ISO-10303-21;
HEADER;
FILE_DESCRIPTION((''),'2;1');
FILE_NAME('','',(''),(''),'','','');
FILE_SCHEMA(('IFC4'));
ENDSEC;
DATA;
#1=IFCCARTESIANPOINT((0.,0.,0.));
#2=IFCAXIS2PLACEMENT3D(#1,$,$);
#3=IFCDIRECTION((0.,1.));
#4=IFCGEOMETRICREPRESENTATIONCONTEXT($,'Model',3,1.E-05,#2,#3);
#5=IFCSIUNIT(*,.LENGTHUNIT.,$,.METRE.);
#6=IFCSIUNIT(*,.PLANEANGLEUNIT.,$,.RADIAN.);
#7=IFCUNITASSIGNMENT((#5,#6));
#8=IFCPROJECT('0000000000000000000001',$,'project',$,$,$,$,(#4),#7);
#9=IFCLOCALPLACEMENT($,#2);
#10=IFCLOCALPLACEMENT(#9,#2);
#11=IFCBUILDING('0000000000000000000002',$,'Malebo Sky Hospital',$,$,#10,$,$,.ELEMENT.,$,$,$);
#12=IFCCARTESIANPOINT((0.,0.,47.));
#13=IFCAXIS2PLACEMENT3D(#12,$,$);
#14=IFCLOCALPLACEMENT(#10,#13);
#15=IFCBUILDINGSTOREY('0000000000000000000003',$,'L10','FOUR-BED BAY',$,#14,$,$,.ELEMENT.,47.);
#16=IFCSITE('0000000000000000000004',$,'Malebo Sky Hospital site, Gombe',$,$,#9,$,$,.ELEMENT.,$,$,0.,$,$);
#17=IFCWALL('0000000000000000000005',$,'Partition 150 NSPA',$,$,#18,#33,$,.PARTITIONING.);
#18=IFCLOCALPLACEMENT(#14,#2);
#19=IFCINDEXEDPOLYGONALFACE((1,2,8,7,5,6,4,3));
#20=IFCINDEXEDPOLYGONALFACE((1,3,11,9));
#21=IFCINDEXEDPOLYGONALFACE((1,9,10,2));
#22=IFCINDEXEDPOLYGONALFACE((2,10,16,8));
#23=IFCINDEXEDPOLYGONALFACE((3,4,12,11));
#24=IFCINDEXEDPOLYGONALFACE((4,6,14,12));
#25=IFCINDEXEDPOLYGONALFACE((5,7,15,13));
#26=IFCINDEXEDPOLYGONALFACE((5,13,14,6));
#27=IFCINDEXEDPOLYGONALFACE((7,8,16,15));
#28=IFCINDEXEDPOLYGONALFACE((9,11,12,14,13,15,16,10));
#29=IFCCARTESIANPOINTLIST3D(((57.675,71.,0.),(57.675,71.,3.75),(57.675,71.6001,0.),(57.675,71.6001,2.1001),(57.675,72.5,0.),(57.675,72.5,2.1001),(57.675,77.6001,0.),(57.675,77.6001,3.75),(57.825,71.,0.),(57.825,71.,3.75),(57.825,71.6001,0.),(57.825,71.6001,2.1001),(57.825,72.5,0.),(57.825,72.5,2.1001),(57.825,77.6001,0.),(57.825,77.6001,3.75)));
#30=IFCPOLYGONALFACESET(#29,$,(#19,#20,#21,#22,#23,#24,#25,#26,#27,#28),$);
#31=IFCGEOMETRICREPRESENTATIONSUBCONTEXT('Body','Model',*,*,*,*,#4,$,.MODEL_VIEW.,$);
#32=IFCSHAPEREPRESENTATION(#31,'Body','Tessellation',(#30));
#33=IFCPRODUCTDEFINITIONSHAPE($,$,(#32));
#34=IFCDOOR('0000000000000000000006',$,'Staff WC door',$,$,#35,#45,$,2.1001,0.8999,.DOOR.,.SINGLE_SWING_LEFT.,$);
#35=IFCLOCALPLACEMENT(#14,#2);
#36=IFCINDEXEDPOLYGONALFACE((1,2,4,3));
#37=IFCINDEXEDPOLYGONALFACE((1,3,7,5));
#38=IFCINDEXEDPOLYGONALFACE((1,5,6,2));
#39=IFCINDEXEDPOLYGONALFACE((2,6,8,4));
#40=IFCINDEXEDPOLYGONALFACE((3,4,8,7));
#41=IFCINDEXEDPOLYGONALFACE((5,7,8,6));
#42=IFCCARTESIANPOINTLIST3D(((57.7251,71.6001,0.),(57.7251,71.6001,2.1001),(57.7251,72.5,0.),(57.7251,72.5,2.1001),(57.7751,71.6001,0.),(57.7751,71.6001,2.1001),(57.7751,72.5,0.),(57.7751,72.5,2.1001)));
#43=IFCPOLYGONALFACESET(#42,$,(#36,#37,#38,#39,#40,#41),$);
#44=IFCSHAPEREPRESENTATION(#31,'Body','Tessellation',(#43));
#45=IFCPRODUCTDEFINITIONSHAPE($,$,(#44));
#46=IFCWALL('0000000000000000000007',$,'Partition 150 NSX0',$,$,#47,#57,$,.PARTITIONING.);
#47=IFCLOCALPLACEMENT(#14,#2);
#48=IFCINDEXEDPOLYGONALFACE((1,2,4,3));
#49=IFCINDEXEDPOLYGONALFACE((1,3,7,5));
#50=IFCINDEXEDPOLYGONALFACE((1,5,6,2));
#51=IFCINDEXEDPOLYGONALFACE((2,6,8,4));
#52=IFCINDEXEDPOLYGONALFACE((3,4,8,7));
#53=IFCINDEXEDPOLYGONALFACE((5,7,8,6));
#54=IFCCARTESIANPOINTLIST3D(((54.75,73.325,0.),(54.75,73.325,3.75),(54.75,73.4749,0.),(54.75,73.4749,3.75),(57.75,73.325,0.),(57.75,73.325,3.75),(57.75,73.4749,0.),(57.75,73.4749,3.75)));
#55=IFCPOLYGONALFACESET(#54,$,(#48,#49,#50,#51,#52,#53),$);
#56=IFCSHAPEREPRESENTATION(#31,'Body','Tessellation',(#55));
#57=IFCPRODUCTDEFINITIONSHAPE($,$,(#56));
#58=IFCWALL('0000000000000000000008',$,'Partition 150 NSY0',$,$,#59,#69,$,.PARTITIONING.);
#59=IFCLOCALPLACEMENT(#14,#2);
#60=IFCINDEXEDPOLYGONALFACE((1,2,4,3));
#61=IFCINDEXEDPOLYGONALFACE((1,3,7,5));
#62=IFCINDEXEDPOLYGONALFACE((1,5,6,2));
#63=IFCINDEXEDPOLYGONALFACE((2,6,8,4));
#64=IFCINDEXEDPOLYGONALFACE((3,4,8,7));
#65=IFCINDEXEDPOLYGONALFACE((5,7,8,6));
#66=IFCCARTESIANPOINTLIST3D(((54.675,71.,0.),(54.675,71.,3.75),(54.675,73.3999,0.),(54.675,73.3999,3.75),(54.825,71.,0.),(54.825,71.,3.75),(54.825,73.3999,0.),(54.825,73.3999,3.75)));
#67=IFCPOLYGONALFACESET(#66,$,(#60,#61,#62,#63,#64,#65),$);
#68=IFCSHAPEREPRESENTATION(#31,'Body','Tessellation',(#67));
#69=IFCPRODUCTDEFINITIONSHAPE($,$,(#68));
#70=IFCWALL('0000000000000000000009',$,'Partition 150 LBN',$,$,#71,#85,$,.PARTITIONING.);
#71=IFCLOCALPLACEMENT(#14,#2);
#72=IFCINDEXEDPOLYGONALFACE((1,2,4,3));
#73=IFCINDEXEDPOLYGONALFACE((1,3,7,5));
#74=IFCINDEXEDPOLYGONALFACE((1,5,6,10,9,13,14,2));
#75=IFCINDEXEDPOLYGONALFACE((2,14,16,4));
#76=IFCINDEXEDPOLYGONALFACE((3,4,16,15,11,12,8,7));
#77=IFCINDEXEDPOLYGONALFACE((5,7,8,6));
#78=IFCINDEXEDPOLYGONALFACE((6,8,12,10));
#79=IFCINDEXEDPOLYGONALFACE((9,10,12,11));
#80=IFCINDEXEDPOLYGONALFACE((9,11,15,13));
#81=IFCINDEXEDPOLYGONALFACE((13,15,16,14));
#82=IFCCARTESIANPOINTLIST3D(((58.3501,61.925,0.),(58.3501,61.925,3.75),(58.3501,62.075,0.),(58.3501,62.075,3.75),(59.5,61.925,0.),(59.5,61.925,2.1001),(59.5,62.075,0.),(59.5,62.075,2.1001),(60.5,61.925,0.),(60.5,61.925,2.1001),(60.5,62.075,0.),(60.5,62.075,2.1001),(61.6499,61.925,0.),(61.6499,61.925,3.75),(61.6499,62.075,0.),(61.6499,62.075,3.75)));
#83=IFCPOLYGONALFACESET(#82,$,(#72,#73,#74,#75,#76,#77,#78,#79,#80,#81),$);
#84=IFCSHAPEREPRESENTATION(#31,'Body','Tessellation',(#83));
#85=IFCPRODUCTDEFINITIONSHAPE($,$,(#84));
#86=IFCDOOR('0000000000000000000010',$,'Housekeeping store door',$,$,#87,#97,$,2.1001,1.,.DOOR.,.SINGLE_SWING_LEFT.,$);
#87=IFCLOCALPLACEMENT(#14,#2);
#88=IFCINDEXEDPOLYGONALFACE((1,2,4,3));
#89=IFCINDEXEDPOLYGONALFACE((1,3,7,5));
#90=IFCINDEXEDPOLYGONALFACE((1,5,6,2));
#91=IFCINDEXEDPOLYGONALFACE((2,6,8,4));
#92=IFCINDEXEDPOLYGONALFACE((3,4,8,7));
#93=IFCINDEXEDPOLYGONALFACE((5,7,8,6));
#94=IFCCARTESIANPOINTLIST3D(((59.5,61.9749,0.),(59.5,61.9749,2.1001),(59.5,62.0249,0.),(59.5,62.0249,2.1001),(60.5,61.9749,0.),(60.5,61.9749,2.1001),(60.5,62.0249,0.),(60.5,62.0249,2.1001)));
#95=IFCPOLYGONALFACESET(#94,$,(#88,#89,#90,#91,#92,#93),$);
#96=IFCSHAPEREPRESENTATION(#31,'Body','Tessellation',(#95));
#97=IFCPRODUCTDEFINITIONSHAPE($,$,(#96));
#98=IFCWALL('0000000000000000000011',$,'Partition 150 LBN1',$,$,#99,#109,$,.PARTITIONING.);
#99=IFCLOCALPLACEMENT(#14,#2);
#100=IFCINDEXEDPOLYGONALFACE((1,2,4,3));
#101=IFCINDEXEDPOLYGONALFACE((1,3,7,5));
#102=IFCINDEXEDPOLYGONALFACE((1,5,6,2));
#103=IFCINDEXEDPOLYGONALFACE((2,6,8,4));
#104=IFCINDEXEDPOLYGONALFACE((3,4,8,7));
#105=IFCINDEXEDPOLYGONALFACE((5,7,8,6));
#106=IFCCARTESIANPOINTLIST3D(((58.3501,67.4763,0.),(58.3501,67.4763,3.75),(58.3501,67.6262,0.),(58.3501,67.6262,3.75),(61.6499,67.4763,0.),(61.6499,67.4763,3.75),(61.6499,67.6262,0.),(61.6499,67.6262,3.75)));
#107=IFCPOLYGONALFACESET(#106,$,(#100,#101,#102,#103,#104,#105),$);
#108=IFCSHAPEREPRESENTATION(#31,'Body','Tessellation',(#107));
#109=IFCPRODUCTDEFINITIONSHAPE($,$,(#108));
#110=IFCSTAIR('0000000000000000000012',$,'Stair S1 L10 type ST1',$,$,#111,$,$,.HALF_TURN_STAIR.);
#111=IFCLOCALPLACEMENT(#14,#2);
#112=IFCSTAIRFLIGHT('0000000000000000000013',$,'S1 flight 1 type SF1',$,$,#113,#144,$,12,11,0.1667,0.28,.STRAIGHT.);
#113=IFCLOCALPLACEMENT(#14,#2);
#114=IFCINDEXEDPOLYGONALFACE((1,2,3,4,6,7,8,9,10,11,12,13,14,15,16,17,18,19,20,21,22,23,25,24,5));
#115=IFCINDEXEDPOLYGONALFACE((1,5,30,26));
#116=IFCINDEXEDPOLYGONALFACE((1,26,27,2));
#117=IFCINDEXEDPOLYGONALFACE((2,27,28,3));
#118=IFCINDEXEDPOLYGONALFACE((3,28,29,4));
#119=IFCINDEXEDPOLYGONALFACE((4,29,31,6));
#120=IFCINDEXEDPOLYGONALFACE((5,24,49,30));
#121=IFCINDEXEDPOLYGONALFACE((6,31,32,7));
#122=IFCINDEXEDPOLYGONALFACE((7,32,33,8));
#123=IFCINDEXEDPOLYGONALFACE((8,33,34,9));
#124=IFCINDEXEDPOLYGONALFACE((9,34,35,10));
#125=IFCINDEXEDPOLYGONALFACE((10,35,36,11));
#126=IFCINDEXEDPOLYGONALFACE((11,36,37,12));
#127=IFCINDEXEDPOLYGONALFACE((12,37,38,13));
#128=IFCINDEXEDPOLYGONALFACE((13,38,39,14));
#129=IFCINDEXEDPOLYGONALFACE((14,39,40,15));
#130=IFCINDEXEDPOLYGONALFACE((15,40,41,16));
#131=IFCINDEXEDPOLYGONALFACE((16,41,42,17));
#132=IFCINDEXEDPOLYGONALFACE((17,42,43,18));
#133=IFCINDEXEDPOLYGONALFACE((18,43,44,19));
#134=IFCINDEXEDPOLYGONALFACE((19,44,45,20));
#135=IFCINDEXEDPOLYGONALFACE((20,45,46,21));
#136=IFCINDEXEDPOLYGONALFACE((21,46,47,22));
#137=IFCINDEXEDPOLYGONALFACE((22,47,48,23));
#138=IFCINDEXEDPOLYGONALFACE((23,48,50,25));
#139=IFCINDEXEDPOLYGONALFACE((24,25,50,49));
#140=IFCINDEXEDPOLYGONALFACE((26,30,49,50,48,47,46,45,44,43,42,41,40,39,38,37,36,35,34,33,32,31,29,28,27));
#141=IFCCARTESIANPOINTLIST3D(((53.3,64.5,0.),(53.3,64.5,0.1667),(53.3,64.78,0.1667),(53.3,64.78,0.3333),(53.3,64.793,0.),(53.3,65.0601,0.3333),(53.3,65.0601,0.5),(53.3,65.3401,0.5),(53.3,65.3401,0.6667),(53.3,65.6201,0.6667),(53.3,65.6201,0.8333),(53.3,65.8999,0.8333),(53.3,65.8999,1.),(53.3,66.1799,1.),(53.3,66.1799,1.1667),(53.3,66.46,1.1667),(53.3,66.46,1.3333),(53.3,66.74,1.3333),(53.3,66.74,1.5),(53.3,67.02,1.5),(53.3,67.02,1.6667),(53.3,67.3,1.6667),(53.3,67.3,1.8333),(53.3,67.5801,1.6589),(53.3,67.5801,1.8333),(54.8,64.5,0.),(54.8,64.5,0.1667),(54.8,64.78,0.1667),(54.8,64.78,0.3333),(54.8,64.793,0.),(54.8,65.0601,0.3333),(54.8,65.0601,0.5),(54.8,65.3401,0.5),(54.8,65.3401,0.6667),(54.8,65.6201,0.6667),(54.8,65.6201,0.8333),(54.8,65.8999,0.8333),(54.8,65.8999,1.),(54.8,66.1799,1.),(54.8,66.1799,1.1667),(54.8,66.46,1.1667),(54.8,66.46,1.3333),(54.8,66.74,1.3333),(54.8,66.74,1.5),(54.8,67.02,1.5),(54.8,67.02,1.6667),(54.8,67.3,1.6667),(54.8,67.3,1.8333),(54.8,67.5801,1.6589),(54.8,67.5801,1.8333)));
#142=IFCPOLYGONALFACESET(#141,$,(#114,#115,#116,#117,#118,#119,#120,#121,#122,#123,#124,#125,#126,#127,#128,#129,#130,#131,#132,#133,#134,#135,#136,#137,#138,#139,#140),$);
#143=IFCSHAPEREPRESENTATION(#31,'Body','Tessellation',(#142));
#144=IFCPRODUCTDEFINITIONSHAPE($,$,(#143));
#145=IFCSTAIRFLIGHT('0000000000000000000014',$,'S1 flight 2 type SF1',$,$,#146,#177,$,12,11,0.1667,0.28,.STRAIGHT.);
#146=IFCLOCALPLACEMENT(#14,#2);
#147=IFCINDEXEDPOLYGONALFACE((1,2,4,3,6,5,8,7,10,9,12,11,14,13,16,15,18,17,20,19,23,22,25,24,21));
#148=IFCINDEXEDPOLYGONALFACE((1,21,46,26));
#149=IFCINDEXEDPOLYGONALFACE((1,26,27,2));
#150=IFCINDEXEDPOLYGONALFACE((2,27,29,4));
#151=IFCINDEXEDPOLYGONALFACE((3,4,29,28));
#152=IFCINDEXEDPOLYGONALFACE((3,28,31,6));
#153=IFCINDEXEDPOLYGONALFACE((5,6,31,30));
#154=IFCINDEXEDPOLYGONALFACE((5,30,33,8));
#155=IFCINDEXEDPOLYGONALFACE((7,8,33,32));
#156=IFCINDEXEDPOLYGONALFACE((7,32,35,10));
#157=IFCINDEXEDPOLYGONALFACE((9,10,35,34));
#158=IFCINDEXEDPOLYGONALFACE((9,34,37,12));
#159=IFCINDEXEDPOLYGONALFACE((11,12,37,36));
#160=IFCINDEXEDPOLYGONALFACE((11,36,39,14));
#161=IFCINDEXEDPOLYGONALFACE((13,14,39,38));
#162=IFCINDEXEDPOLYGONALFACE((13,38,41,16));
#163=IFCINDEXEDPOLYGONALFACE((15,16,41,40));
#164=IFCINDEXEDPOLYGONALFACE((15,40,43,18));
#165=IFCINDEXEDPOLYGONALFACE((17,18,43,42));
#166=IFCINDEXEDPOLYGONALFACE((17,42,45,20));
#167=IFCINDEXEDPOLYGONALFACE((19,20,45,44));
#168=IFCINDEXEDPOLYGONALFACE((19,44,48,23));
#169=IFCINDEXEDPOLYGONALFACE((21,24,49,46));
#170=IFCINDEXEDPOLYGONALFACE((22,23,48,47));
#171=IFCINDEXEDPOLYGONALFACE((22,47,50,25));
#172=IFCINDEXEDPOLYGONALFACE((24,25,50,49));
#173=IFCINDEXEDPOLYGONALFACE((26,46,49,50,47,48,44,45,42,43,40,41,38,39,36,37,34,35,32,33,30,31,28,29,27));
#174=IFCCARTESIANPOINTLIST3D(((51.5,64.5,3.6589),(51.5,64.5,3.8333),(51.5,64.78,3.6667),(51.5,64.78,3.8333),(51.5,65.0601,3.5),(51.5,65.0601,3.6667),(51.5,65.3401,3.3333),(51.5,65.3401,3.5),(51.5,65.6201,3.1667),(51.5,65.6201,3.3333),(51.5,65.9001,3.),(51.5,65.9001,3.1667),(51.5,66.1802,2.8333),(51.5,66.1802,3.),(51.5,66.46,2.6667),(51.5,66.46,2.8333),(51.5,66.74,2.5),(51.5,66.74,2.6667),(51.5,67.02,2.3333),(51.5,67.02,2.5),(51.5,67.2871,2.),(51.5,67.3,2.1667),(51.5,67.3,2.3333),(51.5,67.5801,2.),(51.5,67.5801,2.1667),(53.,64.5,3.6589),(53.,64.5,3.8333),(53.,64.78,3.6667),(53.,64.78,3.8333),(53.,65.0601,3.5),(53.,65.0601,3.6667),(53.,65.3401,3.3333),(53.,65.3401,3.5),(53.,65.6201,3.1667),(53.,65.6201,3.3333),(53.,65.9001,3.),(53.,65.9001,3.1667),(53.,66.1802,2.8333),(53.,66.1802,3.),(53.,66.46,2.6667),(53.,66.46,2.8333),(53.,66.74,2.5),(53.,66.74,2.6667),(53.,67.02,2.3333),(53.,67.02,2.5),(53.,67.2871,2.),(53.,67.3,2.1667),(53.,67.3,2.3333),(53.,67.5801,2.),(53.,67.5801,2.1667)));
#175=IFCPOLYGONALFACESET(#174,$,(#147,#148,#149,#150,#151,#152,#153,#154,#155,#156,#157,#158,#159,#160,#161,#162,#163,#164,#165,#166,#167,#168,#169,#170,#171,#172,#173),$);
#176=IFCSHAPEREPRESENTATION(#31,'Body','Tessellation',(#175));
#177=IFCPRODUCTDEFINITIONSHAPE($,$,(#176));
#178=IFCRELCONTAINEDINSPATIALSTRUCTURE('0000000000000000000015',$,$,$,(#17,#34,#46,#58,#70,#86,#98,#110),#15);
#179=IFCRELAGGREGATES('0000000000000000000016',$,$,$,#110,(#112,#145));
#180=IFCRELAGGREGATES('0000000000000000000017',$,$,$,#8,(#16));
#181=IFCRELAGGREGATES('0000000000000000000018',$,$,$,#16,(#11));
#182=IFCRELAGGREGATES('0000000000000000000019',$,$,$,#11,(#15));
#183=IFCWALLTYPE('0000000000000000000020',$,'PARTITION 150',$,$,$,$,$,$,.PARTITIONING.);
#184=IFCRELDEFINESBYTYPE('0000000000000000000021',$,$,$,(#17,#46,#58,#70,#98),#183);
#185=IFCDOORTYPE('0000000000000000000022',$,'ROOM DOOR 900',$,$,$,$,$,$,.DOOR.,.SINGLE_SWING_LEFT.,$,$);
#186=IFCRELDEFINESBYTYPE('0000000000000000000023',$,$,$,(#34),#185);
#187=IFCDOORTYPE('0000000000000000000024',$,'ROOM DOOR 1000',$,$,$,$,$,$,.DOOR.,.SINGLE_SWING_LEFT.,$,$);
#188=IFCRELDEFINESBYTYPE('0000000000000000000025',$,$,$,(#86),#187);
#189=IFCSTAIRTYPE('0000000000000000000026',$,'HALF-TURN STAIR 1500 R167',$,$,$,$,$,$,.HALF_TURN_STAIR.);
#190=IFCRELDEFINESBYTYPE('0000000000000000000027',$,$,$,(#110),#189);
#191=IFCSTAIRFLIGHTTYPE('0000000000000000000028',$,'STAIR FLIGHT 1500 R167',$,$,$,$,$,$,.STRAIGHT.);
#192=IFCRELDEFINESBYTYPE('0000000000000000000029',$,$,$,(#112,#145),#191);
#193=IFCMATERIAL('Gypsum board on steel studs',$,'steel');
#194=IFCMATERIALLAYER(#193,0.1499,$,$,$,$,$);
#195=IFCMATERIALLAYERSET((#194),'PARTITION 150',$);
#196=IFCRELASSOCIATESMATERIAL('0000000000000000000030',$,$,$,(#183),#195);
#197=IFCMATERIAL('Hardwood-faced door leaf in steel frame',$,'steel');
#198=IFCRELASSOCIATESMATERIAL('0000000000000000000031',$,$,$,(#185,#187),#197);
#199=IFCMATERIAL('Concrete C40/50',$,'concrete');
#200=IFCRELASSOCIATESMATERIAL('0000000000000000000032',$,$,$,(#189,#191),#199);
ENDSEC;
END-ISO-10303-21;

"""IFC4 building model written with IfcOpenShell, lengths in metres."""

from ifc_helpers import new_model, si_unit, direction, frame, frame_2d, origin, place, context, subcontext, project, spatial, polyline, rectangle, outline, extrude, material, layer, layer_set, type_object, element, fill, aggregate, save


model = new_model("IFC4")

# Units and contexts
model_context = context("Model", 3, precision=1e-05, world=origin(), true_north=direction((0.0, 1.0)))
body_context = subcontext(model_context, "Body", "Model", "MODEL_VIEW")
ifc_project = project(units=[si_unit("LENGTHUNIT", "METRE"), si_unit("PLANEANGLEUNIT", "RADIAN")], contexts=[model_context])

# Site, building, storey
site_placement = place(None, origin())
site = spatial("IfcSite", under=ifc_project, at=site_placement, Name="Malebo Sky Hospital site, Gombe", CompositionType="ELEMENT", RefElevation=0.0)
building_placement = place(site_placement, origin())
building = spatial("IfcBuilding", under=site, at=building_placement, Name="Malebo Sky Hospital", CompositionType="ELEMENT")
storey_placement = place(building_placement, frame((0.0, 0.0, 47.0)))
storey = spatial("IfcBuildingStorey", under=building, at=storey_placement, Name="L10", Description="FOUR-BED BAY", CompositionType="ELEMENT", Elevation=47.0)

# Wall, opening, door
ifc_material_1 = material(Name="Gypsum board on steel studs", Category="steel")
ifc_layer_1 = layer(ifc_material_1, 0.1499)
ifc_layer_set_1 = layer_set([ifc_layer_1], Name="PARTITION 150")
wall_type_1 = type_object("IfcWallType", Name="PARTITION 150", PredefinedType="PARTITIONING", material=ifc_layer_set_1)
wall_1_placement = place(storey_placement, frame((57.75, 71.0, 0.0), z_axis=(0.0, 0.0, 1.0), x_axis=(0.0, 1.0, 0.0)))
wall_1 = element("IfcWall", 1, at=wall_1_placement, inside=storey, type_object=wall_type_1, Name="Partition 150 NSPA", PredefinedType="PARTITIONING", context=body_context, shape_type="SweptSolid", body=[
    extrude(rectangle(XDim=6.6001, YDim=0.1499, at=frame_2d((3.3, 0.0))), origin(), (0.0, 0.0, 1.0), 3.75),
])
opening_1_placement = place(wall_1_placement, frame((0.6001, 0.0, 0.0)))
opening_1 = element("IfcOpeningElement", 2, at=opening_1_placement, cuts=wall_1, PredefinedType="OPENING", context=body_context, shape_type="SweptSolid", body=[
    extrude(rectangle(XDim=0.8999, YDim=2.1001, at=frame_2d((0.45, 1.05))), frame((0.0, 0.085, 0.0), z_axis=(0.0, -1.0, 0.0), x_axis=(1.0, 0.0, 0.0)), (0.0, 0.0, 1.0), 0.1699),
])
ifc_material_2 = material(Name="Hardwood-faced door leaf in steel frame", Category="steel")
door_type_1 = type_object("IfcDoorType", Name="ROOM DOOR 900", OperationType="SINGLE_SWING_LEFT", PredefinedType="DOOR", material=ifc_material_2)
door_1_placement = place(opening_1_placement, origin())
door_1 = element("IfcDoor", 3, at=door_1_placement, inside=storey, type_object=door_type_1, Name="Staff WC door", OperationType="SINGLE_SWING_LEFT", OverallHeight=2.1001, OverallWidth=0.8999, PredefinedType="DOOR", context=body_context, shape_type="SweptSolid", body=[
    extrude(rectangle(XDim=0.8999, YDim=2.1001, at=frame_2d((0.45, 1.05))), frame((0.0, 0.0249, 0.0), z_axis=(0.0, -1.0, 0.0), x_axis=(1.0, 0.0, 0.0)), (0.0, 0.0, 1.0), 0.05),
])
fill(opening_1, door_1)

# Walls
wall_2_placement = place(storey_placement, frame((54.75, 73.3999, 0.0), z_axis=(0.0, 0.0, 1.0), x_axis=(1.0, 0.0, 0.0)))
element("IfcWall", 4, at=wall_2_placement, inside=storey, type_object=wall_type_1, Name="Partition 150 NSX0", PredefinedType="PARTITIONING", context=body_context, shape_type="SweptSolid", body=[
    extrude(rectangle(XDim=3.0, YDim=0.1499, at=frame_2d((1.5, 0.0))), origin(), (0.0, 0.0, 1.0), 3.75),
])
wall_3_placement = place(storey_placement, frame((54.75, 71.0, 0.0), z_axis=(0.0, 0.0, 1.0), x_axis=(0.0, 1.0, 0.0)))
element("IfcWall", 5, at=wall_3_placement, inside=storey, type_object=wall_type_1, Name="Partition 150 NSY0", PredefinedType="PARTITIONING", context=body_context, shape_type="SweptSolid", body=[
    extrude(rectangle(XDim=2.3999, YDim=0.1499, at=frame_2d((1.2, 0.0))), origin(), (0.0, 0.0, 1.0), 3.75),
])

# Wall, opening, door
wall_4_placement = place(storey_placement, frame((58.3501, 62.0, 0.0), z_axis=(0.0, 0.0, 1.0), x_axis=(1.0, 0.0, 0.0)))
wall_4 = element("IfcWall", 6, at=wall_4_placement, inside=storey, type_object=wall_type_1, Name="Partition 150 LBN", PredefinedType="PARTITIONING", context=body_context, shape_type="SweptSolid", body=[
    extrude(rectangle(XDim=3.2998, YDim=0.1499, at=frame_2d((1.6499, 0.0))), origin(), (0.0, 0.0, 1.0), 3.75),
])
opening_2_placement = place(wall_4_placement, frame((1.1499, 0.0, 0.0)))
opening_2 = element("IfcOpeningElement", 7, at=opening_2_placement, cuts=wall_4, PredefinedType="OPENING", context=body_context, shape_type="SweptSolid", body=[
    extrude(rectangle(XDim=1.0, YDim=2.1001, at=frame_2d((0.5, 1.05))), frame((0.0, 0.085, 0.0), z_axis=(0.0, -1.0, 0.0), x_axis=(1.0, 0.0, 0.0)), (0.0, 0.0, 1.0), 0.1699),
])
door_type_2 = type_object("IfcDoorType", Name="ROOM DOOR 1000", OperationType="SINGLE_SWING_LEFT", PredefinedType="DOOR", material=ifc_material_2)
door_2_placement = place(opening_2_placement, origin())
door_2 = element("IfcDoor", 8, at=door_2_placement, inside=storey, type_object=door_type_2, Name="Housekeeping store door", OperationType="SINGLE_SWING_LEFT", OverallHeight=2.1001, OverallWidth=1.0, PredefinedType="DOOR", context=body_context, shape_type="SweptSolid", body=[
    extrude(rectangle(XDim=1.0, YDim=2.1001, at=frame_2d((0.5, 1.05))), frame((0.0, 0.0249, 0.0), z_axis=(0.0, -1.0, 0.0), x_axis=(1.0, 0.0, 0.0)), (0.0, 0.0, 1.0), 0.05),
])
fill(opening_2, door_2)

# Wall
wall_5_placement = place(storey_placement, frame((58.3501, 67.5513, 0.0), z_axis=(0.0, 0.0, 1.0), x_axis=(1.0, 0.0, 0.0)))
element("IfcWall", 9, at=wall_5_placement, inside=storey, type_object=wall_type_1, Name="Partition 150 LBN1", PredefinedType="PARTITIONING", context=body_context, shape_type="SweptSolid", body=[
    extrude(rectangle(XDim=3.2998, YDim=0.1499, at=frame_2d((1.6499, 0.0))), origin(), (0.0, 0.0, 1.0), 3.75),
])

# Stair, stair flights
ifc_material_3 = material(Name="Concrete C40/50", Category="concrete")
stair_type = type_object("IfcStairType", Name="HALF-TURN STAIR 1500 R167", PredefinedType="HALF_TURN_STAIR", material=ifc_material_3)
stair_placement = place(storey_placement, origin())
stair = element("IfcStair", 10, at=stair_placement, inside=storey, type_object=stair_type, Name="Stair S1 L10 type ST1", PredefinedType="HALF_TURN_STAIR")
stair_flight_type = type_object("IfcStairFlightType", Name="STAIR FLIGHT 1500 R167", PredefinedType="STRAIGHT", material=ifc_material_3)
stair_flight_1_placement = place(storey_placement, frame((54.05, 64.5, 0.0), z_axis=(0.0, 0.0, 1.0), x_axis=(0.0, 1.0, 0.0)))
stair_flight_1 = element("IfcStairFlight", 11, at=stair_flight_1_placement, type_object=stair_flight_type, Name="S1 flight 1 type SF1", NumberOfRisers=12, NumberOfTreads=11, PredefinedType="STRAIGHT", RiserHeight=0.1667, TreadLength=0.28, context=body_context, shape_type="SweptSolid", body=[
    extrude(outline(polyline([(0.0, 0.0), (0.0, 0.1667), (0.28, 0.1667), (0.28, 0.3333), (0.5601, 0.3333), (0.5601, 0.5), (0.8401, 0.5), (0.8401, 0.6667), (1.1201, 0.6667), (1.1201, 0.8333), (1.3999, 0.8333), (1.3999, 1.0), (1.6799, 1.0), (1.6799, 1.1667), (1.96, 1.1667), (1.96, 1.3333), (2.24, 1.3333), (2.24, 1.5), (2.52, 1.5), (2.52, 1.6667), (2.8, 1.6667), (2.8, 1.8333), (3.0801, 1.8333), (3.0801, 2.0), (3.0801, 1.6589), (0.293, 0.0), (0.0, 0.0)])), frame((0.0, 0.75, 0.0), z_axis=(0.0, -1.0, 0.0), x_axis=(1.0, 0.0, 0.0)), (0.0, 0.0, 1.0), 1.5),
])
stair_flight_2_placement = place(storey_placement, frame((52.25, 67.5801, 2.0), z_axis=(0.0, 0.0, 1.0), x_axis=(0.0, -1.0, 0.0)))
stair_flight_2 = element("IfcStairFlight", 12, at=stair_flight_2_placement, type_object=stair_flight_type, Name="S1 flight 2 type SF1", NumberOfRisers=12, NumberOfTreads=11, PredefinedType="STRAIGHT", RiserHeight=0.1667, TreadLength=0.28, context=body_context, shape_type="SweptSolid", body=[
    extrude(outline(polyline([(0.0, 0.0), (0.0, 0.1667), (0.28, 0.1667), (0.28, 0.3333), (0.5601, 0.3333), (0.5601, 0.5), (0.8401, 0.5), (0.8401, 0.6667), (1.1201, 0.6667), (1.1201, 0.8333), (1.3999, 0.8333), (1.3999, 1.0), (1.6799, 1.0), (1.6799, 1.1667), (1.96, 1.1667), (1.96, 1.3333), (2.24, 1.3333), (2.24, 1.5), (2.52, 1.5), (2.52, 1.6667), (2.8, 1.6667), (2.8, 1.8333), (3.0801, 1.8333), (3.0801, 2.0), (3.0801, 1.6589), (0.293, 0.0), (0.0, 0.0)])), frame((0.0, 0.75, 0.0), z_axis=(0.0, -1.0, 0.0), x_axis=(1.0, 0.0, 0.0)), (0.0, 0.0, 1.0), 1.5),
])
aggregate(stair, [stair_flight_1, stair_flight_2])

save(model, "model.ifc")
